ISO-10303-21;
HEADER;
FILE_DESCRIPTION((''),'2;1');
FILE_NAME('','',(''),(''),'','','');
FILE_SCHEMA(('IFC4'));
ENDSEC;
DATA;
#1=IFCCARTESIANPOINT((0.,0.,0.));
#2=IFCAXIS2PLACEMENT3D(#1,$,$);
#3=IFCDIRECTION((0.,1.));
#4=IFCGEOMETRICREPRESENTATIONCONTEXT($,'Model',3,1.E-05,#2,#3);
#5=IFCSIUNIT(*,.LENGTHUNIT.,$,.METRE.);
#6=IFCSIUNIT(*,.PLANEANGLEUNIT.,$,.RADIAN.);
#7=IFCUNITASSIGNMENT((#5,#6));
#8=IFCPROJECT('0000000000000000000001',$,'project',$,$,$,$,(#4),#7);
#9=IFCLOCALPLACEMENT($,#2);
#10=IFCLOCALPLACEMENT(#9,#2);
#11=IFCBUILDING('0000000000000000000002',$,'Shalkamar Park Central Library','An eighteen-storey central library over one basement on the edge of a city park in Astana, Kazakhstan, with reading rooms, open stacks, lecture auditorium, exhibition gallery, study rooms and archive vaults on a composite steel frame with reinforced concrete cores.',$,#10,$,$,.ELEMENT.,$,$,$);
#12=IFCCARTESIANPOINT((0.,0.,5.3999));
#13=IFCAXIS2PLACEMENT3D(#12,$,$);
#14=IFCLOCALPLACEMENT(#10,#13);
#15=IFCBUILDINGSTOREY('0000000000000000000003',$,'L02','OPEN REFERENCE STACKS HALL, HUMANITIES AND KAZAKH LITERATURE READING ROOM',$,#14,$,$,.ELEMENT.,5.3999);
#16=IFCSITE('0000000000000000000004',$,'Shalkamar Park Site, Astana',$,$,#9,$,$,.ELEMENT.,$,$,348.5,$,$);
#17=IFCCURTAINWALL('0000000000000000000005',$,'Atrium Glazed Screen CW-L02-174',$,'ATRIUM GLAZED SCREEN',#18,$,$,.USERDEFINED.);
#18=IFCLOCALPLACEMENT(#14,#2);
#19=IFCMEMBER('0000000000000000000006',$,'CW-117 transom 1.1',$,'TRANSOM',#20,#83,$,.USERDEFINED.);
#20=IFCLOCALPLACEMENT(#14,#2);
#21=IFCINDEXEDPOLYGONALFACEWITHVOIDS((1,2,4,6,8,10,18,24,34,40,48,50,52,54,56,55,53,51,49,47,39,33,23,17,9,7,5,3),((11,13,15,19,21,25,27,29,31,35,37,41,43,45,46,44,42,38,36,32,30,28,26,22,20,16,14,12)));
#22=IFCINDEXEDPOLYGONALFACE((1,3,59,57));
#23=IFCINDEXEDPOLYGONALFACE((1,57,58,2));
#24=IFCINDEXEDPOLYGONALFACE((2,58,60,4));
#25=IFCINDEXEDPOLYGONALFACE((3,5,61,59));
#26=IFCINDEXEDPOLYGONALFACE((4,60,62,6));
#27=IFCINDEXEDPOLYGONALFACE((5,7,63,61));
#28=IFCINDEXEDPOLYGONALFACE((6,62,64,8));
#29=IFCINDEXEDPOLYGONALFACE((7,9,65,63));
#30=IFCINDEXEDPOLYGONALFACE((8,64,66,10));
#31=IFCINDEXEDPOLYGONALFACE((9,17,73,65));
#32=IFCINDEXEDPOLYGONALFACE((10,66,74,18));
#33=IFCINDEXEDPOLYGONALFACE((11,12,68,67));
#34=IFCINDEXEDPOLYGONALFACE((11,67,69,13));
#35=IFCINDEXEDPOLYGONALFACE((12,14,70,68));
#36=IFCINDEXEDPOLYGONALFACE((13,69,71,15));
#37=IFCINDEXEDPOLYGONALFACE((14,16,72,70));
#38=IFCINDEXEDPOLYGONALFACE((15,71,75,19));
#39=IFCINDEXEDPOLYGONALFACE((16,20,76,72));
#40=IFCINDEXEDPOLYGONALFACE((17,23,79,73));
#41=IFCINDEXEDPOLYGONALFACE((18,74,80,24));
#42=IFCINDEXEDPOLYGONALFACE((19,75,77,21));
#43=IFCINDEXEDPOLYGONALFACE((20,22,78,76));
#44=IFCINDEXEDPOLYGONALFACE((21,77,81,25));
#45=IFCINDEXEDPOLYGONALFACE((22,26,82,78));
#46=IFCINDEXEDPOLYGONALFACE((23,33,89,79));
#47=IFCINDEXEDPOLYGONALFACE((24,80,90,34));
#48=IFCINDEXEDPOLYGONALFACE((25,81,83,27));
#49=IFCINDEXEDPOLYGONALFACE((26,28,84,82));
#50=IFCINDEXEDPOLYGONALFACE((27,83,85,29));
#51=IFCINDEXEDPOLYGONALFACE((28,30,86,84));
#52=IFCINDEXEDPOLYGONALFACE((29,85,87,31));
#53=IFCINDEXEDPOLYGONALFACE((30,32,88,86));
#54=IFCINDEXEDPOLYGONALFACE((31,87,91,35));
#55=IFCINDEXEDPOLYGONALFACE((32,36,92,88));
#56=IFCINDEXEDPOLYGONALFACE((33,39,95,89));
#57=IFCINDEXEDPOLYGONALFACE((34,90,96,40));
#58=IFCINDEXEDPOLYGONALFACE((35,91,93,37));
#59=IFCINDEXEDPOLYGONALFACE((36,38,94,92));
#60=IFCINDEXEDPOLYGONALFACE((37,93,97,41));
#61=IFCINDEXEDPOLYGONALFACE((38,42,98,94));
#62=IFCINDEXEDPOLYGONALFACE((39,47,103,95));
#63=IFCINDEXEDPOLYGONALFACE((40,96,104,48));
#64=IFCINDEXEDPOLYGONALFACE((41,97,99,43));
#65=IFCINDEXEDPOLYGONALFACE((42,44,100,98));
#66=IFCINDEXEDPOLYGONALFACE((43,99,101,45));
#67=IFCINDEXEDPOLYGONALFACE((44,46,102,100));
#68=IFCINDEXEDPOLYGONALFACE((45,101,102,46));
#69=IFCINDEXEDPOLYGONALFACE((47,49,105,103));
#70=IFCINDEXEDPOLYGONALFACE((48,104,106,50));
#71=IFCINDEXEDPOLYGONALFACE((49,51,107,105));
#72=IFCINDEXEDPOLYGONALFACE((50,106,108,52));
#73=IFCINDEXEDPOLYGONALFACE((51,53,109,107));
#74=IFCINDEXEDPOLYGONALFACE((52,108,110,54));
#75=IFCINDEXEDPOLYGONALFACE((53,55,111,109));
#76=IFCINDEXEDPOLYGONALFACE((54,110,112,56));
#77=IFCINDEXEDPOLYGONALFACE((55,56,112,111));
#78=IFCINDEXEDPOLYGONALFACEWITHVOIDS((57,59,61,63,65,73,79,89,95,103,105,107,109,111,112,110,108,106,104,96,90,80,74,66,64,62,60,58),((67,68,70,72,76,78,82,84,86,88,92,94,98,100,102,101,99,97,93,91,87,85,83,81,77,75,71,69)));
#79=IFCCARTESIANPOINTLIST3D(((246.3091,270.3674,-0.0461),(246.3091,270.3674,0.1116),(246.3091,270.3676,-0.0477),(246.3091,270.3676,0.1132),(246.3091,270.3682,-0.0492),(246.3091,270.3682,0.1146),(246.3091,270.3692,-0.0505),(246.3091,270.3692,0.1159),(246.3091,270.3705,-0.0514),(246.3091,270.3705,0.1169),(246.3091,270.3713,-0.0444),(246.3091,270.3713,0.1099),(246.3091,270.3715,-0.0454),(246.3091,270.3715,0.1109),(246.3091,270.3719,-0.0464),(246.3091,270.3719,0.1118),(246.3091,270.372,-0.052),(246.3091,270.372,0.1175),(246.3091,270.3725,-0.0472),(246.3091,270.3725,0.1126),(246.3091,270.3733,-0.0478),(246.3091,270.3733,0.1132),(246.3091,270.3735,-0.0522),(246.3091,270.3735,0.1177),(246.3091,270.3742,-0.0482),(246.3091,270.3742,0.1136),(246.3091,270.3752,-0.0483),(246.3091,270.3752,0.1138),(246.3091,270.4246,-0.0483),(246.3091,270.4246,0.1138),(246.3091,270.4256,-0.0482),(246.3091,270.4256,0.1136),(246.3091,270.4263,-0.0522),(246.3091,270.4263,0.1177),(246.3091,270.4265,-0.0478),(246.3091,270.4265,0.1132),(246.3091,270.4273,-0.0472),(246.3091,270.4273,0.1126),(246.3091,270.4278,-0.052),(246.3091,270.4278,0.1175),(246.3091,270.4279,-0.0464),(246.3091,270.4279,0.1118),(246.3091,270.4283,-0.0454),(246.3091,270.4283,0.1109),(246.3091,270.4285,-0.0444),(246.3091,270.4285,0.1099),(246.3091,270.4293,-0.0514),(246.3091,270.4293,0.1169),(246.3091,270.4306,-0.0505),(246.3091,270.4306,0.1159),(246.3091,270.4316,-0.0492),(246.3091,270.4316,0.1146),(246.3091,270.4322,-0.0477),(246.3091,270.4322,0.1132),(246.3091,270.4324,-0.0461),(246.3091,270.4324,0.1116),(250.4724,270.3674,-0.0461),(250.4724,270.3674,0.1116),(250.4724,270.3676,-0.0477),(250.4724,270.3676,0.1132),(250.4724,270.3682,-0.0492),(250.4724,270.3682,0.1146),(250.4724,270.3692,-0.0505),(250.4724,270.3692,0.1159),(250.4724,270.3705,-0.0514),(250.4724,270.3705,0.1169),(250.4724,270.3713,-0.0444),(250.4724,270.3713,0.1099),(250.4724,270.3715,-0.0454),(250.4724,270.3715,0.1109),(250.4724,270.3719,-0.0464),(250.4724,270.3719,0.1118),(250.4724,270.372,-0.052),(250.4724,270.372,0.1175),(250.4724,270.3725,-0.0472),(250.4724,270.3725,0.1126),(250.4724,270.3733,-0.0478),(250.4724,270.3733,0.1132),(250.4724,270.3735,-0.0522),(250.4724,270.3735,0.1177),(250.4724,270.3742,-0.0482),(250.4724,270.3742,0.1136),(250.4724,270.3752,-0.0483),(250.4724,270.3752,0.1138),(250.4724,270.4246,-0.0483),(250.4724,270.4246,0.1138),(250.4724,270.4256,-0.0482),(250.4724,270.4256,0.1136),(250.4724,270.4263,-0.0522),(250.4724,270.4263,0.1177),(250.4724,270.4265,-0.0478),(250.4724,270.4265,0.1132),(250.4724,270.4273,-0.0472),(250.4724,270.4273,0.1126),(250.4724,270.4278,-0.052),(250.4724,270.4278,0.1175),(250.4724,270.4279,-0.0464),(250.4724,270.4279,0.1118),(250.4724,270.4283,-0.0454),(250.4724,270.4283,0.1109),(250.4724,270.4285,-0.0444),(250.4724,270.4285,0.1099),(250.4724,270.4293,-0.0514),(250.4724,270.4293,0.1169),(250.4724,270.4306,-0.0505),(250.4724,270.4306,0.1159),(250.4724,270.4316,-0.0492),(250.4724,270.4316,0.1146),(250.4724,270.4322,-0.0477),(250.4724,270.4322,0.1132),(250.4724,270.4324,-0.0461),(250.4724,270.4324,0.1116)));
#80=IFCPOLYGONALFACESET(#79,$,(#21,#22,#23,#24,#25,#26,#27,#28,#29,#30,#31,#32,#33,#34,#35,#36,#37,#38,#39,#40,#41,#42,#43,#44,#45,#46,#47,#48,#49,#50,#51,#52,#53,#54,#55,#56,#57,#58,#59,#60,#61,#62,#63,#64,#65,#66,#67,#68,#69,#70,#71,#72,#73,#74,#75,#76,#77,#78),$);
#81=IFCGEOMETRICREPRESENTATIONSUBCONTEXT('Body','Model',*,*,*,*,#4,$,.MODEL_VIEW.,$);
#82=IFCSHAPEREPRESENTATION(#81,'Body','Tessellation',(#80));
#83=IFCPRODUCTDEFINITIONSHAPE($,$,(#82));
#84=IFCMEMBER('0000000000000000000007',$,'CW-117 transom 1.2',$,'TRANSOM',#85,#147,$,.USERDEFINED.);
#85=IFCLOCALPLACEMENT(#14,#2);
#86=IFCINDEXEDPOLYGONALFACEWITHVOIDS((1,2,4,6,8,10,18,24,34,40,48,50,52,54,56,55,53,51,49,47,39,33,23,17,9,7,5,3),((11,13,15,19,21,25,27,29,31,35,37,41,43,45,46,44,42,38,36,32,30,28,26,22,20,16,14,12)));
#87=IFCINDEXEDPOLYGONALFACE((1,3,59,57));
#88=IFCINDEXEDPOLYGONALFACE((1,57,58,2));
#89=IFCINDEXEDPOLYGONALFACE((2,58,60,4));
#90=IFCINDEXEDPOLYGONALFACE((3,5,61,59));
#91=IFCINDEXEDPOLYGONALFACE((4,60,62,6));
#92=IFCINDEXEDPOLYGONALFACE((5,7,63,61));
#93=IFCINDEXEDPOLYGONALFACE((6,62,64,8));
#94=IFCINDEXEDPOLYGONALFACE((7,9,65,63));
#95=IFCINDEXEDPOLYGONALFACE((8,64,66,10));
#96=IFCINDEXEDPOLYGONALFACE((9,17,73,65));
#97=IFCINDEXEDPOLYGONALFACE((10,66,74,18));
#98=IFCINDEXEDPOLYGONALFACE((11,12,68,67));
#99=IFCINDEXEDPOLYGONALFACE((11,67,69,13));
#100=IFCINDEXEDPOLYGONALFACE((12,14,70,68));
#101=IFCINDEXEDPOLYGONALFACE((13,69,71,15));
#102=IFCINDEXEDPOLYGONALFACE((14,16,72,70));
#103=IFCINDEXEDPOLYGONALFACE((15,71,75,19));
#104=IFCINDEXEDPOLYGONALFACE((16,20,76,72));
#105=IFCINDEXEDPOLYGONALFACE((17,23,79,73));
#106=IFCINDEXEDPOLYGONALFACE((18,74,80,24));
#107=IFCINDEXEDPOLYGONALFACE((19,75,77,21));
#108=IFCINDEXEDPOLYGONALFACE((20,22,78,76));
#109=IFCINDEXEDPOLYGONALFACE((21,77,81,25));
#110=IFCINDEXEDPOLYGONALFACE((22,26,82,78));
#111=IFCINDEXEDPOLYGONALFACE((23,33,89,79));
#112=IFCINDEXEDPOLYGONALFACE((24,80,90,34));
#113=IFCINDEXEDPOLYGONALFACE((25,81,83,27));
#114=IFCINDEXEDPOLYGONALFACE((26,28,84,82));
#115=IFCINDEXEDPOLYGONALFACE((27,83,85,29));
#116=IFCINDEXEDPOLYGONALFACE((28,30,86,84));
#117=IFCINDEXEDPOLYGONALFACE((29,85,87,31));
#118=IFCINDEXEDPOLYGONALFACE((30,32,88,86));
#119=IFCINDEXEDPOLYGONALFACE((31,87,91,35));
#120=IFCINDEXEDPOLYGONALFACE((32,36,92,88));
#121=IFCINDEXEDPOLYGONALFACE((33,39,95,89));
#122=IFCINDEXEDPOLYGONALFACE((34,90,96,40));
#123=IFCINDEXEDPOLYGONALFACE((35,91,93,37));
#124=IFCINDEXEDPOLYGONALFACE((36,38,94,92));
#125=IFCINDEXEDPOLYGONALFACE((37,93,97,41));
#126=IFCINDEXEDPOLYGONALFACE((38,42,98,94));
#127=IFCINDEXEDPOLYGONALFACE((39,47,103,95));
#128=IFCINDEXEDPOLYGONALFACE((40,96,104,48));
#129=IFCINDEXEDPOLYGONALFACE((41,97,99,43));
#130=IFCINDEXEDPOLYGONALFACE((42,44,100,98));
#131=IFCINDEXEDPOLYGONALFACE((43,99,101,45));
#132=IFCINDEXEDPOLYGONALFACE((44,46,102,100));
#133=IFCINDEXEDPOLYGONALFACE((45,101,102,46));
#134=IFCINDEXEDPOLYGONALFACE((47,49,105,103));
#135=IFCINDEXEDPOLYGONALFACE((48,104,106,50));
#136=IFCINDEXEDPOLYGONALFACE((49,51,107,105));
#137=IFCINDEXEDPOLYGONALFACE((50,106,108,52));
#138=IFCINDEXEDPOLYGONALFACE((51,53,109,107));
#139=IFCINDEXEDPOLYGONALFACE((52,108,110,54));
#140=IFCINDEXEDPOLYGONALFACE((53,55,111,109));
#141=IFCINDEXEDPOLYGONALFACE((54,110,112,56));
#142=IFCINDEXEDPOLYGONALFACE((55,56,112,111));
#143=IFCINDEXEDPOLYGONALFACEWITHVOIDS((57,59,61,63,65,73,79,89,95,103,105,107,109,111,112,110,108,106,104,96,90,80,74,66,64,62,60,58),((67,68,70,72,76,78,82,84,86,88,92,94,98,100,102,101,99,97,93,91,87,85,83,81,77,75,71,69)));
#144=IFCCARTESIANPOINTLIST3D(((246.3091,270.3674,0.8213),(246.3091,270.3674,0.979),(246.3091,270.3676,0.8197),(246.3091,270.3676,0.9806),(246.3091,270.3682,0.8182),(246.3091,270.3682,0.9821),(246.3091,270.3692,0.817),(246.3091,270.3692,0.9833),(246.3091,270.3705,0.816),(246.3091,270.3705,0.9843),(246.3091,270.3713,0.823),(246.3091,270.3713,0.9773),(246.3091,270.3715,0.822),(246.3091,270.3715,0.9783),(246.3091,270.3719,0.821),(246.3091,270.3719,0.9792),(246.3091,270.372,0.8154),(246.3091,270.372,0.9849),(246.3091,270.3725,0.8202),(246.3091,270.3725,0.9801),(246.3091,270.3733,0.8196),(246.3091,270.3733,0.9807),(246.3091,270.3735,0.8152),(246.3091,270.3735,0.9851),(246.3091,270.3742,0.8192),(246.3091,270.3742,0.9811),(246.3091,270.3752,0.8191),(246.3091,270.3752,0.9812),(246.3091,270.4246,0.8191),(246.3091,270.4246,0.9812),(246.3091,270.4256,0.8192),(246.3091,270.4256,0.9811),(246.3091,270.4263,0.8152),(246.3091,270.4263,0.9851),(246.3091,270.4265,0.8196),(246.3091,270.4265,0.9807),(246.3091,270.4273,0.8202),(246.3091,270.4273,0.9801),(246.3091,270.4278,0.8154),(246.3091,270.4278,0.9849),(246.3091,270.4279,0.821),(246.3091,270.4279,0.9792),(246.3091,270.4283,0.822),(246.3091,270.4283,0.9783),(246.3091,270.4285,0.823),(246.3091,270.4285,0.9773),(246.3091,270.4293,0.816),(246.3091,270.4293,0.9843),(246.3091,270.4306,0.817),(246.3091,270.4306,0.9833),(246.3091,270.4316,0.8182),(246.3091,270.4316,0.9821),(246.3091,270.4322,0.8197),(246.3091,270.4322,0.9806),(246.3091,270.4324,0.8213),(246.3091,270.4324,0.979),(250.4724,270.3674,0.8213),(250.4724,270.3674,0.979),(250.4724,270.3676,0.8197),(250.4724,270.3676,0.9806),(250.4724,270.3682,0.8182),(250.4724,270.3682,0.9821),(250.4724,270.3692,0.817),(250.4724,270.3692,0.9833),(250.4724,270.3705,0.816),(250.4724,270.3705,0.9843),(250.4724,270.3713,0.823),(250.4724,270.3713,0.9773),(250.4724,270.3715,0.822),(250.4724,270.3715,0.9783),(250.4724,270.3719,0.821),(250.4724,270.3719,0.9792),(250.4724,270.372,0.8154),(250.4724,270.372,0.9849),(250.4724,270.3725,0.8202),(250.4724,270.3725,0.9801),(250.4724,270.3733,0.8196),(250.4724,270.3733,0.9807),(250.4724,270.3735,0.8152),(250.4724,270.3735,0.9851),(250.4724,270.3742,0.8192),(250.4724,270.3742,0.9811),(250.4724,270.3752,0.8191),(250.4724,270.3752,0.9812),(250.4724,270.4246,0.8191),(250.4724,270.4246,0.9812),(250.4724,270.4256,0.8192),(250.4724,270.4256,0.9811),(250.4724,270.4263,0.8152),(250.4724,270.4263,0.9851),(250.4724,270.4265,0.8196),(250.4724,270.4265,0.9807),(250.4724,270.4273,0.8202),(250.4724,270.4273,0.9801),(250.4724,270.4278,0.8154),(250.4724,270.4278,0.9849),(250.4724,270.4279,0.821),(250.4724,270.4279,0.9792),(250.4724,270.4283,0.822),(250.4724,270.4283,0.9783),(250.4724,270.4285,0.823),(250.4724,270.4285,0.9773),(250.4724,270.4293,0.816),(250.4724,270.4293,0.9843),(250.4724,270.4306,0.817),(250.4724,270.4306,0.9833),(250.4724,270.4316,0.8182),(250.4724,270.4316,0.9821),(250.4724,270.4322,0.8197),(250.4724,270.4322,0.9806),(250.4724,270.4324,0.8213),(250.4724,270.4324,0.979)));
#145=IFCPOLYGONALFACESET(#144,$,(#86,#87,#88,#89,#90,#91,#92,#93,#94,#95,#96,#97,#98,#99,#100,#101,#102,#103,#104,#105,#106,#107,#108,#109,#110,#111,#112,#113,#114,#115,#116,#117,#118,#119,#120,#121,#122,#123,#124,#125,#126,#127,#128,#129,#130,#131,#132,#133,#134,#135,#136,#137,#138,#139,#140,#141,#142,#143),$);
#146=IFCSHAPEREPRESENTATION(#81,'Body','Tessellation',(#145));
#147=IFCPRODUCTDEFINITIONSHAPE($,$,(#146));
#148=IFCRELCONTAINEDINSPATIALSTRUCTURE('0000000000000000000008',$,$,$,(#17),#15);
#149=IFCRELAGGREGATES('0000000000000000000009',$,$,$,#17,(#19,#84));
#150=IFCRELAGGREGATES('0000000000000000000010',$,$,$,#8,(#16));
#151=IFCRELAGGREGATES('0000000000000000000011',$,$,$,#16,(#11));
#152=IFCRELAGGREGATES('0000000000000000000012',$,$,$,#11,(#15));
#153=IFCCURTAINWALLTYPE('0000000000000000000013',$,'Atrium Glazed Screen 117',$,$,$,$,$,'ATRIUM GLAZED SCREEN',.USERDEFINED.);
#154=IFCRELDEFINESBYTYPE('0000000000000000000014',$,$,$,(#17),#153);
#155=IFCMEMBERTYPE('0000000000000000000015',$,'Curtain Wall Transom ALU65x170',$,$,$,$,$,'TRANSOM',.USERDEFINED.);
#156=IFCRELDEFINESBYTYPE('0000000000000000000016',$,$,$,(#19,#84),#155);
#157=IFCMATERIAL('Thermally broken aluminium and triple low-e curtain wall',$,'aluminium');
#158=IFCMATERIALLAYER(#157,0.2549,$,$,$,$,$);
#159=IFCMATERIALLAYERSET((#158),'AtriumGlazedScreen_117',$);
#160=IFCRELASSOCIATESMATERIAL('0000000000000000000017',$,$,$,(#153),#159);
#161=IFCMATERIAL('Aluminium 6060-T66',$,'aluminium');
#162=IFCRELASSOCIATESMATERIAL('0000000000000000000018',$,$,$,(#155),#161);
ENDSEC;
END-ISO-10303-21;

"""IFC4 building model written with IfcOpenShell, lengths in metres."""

from ifc_helpers import new_model, si_unit, direction, frame, origin, origin_2d, place, context, subcontext, project, spatial, hollow_rectangle, extrude, material, layer, layer_set, material_profile, profile_set, type_object, element, aggregate, save


model = new_model("IFC4")

# Units and contexts
model_context = context("Model", 3, precision=1e-05, world=origin(), true_north=direction((0.0, 1.0)))
body_context = subcontext(model_context, "Body", "Model", "MODEL_VIEW")
ifc_project = project(units=[si_unit("LENGTHUNIT", "METRE"), si_unit("PLANEANGLEUNIT", "RADIAN")], contexts=[model_context])

# Site, building, storey
site_placement = place(None, origin())
site = spatial("IfcSite", under=ifc_project, at=site_placement, Name="Shalkamar Park Site, Astana", CompositionType="ELEMENT", RefElevation=348.5)
building_placement = place(site_placement, origin())
building = spatial("IfcBuilding", under=site, at=building_placement, Name="Shalkamar Park Central Library", Description="An eighteen-storey central library over one basement on the edge of a city park in Astana, Kazakhstan, with reading rooms, open stacks, lecture auditorium, exhibition gallery, study rooms and archive vaults on a composite steel frame with reinforced concrete cores.", CompositionType="ELEMENT")
storey_placement = place(building_placement, frame((0.0, 0.0, 5.3999)))
storey = spatial("IfcBuildingStorey", under=building, at=storey_placement, Name="L02", Description="OPEN REFERENCE STACKS HALL, HUMANITIES AND KAZAKH LITERATURE READING ROOM", CompositionType="ELEMENT", Elevation=5.3999)

# Curtain wall
ifc_material_1 = material(Name="Thermally broken aluminium and triple low-e curtain wall", Category="aluminium")
ifc_material_2 = material(Name="Aluminium 6060-T66", Category="aluminium")
ifc_layer_1 = layer(ifc_material_1, 0.2549)
ifc_layer_set_1 = layer_set([ifc_layer_1], Name="AtriumGlazedScreen_117")
curtain_wall_type_1 = type_object("IfcCurtainWallType", Name="Atrium Glazed Screen 117", ElementType="ATRIUM GLAZED SCREEN", PredefinedType="USERDEFINED", material=ifc_layer_set_1)
curtain_wall_1_placement = place(storey_placement, origin())
curtain_wall_1 = element("IfcCurtainWall", 1, at=curtain_wall_1_placement, inside=storey, type_object=curtain_wall_type_1, Name="Atrium Glazed Screen CW-L02-174", ObjectType="ATRIUM GLAZED SCREEN", PredefinedType="USERDEFINED")

# Members
ifc_material_profile_1 = material_profile(ifc_material_2, hollow_rectangle(XDim=0.0649, YDim=0.1699, WallThickness=0.0039, InnerFilletRadius=0.0039, OuterFilletRadius=0.0061, at=origin_2d()), Name="ALU 65x170x4")
ifc_profile_set_1 = profile_set([ifc_material_profile_1], Name="Aluminium 6060-T66")
member_type_1 = type_object("IfcMemberType", Name="Curtain Wall Transom ALU65x170", ElementType="TRANSOM", PredefinedType="USERDEFINED", material=ifc_profile_set_1)
member_1_placement = place(storey_placement, frame((246.3091, 270.3999, 0.0327), z_axis=(1.0, 0.0, 0.0), x_axis=(0.0, 1.0, 0.0)))
member_1 = element("IfcMember", 2, at=member_1_placement, type_object=member_type_1, Name="CW-117 transom 1.1", ObjectType="TRANSOM", PredefinedType="USERDEFINED", context=body_context, shape_type="SweptSolid", body=[
    extrude(hollow_rectangle(XDim=0.0649, YDim=0.1699, WallThickness=0.0039, InnerFilletRadius=0.0039, OuterFilletRadius=0.0061, at=origin_2d()), origin(), (0.0, 0.0, 1.0), 4.1633),
])
member_2_placement = place(storey_placement, frame((246.3091, 270.3999, 0.9001), z_axis=(1.0, 0.0, 0.0), x_axis=(0.0, 1.0, 0.0)))
member_2 = element("IfcMember", 3, at=member_2_placement, type_object=member_type_1, Name="CW-117 transom 1.2", ObjectType="TRANSOM", PredefinedType="USERDEFINED", context=body_context, shape_type="SweptSolid", body=[
    extrude(hollow_rectangle(XDim=0.0649, YDim=0.1699, WallThickness=0.0039, InnerFilletRadius=0.0039, OuterFilletRadius=0.0061, at=origin_2d()), origin(), (0.0, 0.0, 1.0), 4.1633),
])

aggregate(curtain_wall_1, [member_1, member_2])

save(model, "model.ifc")
